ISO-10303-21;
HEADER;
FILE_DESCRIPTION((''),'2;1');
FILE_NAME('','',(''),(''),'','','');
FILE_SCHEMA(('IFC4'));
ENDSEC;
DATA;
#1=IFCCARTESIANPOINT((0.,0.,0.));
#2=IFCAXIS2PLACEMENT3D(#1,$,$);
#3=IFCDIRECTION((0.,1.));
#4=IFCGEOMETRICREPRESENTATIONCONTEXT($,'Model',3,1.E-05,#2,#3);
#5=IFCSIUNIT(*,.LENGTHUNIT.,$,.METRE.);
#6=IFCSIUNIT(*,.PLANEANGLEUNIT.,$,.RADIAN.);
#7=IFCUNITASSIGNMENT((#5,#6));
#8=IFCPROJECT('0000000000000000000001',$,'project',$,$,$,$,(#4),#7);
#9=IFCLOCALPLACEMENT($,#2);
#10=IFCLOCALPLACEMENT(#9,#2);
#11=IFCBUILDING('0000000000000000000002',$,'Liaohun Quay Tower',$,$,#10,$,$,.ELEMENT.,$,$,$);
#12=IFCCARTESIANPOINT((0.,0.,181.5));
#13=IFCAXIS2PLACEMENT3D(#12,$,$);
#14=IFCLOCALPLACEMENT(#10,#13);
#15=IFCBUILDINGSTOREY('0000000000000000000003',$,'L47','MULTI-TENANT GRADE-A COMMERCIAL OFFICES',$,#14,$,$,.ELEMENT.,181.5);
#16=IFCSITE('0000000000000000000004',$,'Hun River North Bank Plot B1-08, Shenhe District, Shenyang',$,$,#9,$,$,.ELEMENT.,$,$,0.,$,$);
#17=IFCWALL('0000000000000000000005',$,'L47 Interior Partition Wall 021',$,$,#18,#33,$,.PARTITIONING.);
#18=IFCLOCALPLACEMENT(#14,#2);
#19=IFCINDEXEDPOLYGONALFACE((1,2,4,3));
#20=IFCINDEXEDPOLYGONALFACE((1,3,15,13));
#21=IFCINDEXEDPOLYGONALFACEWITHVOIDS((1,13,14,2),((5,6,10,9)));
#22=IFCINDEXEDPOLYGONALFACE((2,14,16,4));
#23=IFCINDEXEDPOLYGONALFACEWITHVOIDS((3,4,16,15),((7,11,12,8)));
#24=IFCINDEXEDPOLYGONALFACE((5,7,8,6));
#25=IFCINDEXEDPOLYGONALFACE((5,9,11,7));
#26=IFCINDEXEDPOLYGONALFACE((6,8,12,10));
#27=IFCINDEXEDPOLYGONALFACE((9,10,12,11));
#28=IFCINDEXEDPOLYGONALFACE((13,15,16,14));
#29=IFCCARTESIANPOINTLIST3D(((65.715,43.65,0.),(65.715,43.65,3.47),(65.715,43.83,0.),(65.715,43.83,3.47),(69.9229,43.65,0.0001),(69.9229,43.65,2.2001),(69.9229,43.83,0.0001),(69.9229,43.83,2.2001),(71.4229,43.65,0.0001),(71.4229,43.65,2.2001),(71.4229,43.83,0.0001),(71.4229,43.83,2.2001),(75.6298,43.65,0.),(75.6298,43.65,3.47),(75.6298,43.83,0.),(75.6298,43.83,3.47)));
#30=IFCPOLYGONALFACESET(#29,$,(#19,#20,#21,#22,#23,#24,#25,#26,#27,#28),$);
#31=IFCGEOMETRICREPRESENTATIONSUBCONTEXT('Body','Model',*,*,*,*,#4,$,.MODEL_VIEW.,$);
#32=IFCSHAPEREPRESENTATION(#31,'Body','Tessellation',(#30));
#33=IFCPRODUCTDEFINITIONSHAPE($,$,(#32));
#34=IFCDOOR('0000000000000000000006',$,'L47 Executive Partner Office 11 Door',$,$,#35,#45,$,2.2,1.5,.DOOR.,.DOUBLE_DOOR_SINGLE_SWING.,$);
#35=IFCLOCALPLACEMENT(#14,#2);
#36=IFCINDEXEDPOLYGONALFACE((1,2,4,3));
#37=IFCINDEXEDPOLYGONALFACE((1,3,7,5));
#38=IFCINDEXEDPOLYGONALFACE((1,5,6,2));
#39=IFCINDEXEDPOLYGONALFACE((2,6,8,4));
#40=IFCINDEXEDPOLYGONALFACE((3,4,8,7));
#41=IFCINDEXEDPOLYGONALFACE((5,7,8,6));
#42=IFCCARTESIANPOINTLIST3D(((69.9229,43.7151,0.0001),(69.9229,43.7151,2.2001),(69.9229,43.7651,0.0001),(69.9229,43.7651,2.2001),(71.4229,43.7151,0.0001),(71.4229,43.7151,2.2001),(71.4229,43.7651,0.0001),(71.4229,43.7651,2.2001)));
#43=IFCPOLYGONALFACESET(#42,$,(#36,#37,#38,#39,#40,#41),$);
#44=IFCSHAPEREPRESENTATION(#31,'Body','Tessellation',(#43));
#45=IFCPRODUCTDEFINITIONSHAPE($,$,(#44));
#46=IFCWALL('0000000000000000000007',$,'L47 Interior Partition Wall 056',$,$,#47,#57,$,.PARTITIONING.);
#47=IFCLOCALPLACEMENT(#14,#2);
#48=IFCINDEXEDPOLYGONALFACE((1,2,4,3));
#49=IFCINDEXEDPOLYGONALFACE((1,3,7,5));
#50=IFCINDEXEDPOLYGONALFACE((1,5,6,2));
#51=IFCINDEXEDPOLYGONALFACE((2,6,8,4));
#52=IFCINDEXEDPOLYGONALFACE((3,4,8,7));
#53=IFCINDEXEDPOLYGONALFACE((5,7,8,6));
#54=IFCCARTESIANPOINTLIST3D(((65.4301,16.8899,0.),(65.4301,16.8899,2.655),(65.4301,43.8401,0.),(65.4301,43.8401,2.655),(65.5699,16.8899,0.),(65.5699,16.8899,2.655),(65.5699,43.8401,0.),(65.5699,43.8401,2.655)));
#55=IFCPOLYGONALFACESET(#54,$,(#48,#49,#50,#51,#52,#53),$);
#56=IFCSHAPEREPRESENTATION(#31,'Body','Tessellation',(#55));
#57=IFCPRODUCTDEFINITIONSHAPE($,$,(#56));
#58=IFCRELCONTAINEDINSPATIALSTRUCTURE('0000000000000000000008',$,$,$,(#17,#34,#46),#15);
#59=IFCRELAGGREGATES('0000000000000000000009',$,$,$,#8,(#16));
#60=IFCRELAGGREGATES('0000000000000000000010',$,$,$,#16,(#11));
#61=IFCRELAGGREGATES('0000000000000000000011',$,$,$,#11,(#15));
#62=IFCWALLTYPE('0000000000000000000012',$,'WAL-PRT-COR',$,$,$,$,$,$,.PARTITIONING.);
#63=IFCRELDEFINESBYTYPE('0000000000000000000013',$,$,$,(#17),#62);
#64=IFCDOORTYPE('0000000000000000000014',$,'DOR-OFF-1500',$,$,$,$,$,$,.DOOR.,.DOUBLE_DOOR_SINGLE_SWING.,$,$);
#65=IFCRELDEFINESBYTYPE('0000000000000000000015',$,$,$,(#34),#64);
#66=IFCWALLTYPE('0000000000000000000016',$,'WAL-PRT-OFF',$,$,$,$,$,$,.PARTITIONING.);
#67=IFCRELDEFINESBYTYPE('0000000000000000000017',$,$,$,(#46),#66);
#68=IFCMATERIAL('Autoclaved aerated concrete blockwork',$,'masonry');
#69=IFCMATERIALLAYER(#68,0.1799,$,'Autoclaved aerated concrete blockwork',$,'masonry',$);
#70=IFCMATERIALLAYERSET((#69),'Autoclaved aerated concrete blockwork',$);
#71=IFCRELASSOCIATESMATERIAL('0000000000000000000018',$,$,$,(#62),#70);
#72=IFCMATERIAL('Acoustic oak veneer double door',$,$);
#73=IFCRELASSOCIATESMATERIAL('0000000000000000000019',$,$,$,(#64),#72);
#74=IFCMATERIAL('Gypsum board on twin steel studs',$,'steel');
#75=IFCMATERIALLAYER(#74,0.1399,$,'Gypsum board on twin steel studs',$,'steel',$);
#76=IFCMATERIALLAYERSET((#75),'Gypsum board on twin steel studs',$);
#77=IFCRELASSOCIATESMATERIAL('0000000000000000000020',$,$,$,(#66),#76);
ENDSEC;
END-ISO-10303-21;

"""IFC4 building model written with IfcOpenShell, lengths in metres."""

from ifc_helpers import new_model, si_unit, direction, frame, frame_2d, origin, place, context, subcontext, project, spatial, rectangle, extrude, source, transform, mapped, material, layer, layer_set, type_object, element, fill, save


model = new_model("IFC4")

# Units and contexts
model_context = context("Model", 3, precision=1e-05, world=origin(), true_north=direction((0.0, 1.0)))
body_context = subcontext(model_context, "Body", "Model", "MODEL_VIEW")
ifc_project = project(units=[si_unit("LENGTHUNIT", "METRE"), si_unit("PLANEANGLEUNIT", "RADIAN")], contexts=[model_context])

# Site, building, storey
site_placement = place(None, origin())
site = spatial("IfcSite", under=ifc_project, at=site_placement, Name="Hun River North Bank Plot B1-08, Shenhe District, Shenyang", CompositionType="ELEMENT", RefElevation=0.0)
building_placement = place(site_placement, origin())
building = spatial("IfcBuilding", under=site, at=building_placement, Name="Liaohun Quay Tower", CompositionType="ELEMENT")
storey_placement = place(building_placement, frame((0.0, 0.0, 181.5)))
storey = spatial("IfcBuildingStorey", under=building, at=storey_placement, Name="L47", Description="MULTI-TENANT GRADE-A COMMERCIAL OFFICES", CompositionType="ELEMENT", Elevation=181.5)

# Wall, opening, door
ifc_material_1 = material(Name="Autoclaved aerated concrete blockwork", Category="masonry")
ifc_layer_1 = layer(ifc_material_1, 0.1799, Name="Autoclaved aerated concrete blockwork", Category="masonry")
ifc_layer_set_1 = layer_set([ifc_layer_1], Name="Autoclaved aerated concrete blockwork")
wall_type_1 = type_object("IfcWallType", Name="WAL-PRT-COR", PredefinedType="PARTITIONING", material=ifc_layer_set_1)
wall_1_placement = place(storey_placement, frame((75.6299, 43.74, 0.0), z_axis=(0.0, 0.0, 1.0), x_axis=(-1.0, 0.0, 0.0)))
wall_1 = element("IfcWall", 1, at=wall_1_placement, inside=storey, type_object=wall_type_1, Name="L47 Interior Partition Wall 021", PredefinedType="PARTITIONING", context=body_context, shape_type="SweptSolid", body=[
    extrude(rectangle(XDim=9.9148, YDim=0.1799, at=frame_2d((4.9575, 0.0))), origin(), (0.0, 0.0, 1.0), 3.47),
])
shared_shape_1 = source(origin(), body_context, "Body", "SweptSolid", [
    extrude(rectangle(XDim=1.5, YDim=2.2, at=frame_2d((0.75, 1.1001))), frame((0.0, 0.0999, 0.0), z_axis=(0.0, -1.0, 0.0), x_axis=(1.0, 0.0, 0.0)), (0.0, 0.0, 1.0), 0.2),
])
opening_1_placement = place(wall_1_placement, frame((4.207, 0.0, 0.0)))
opening_1 = element("IfcOpeningElement", 2, at=opening_1_placement, cuts=wall_1, PredefinedType="OPENING", context=body_context, shape_type="MappedRepresentation", body=[
    mapped(shared_shape_1, transform((0.0, 0.0, 0.0), x_axis=(1.0, 0.0, 0.0), y_axis=(0.0, 1.0, 0.0), z_axis=(0.0, 0.0, 1.0), scale=1.0)),
])
ifc_material_2 = material(Name="Acoustic oak veneer double door")
door_type_1 = type_object("IfcDoorType", Name="DOR-OFF-1500", OperationType="DOUBLE_DOOR_SINGLE_SWING", PredefinedType="DOOR", material=ifc_material_2)
shared_shape_2 = source(origin(), body_context, "Body", "SweptSolid", [
    extrude(rectangle(XDim=1.5, YDim=2.2, at=frame_2d((0.75, 1.1001))), frame((0.0, 0.0249, 0.0), z_axis=(0.0, -1.0, 0.0), x_axis=(1.0, 0.0, 0.0)), (0.0, 0.0, 1.0), 0.05),
])
door_1_placement = place(opening_1_placement, origin())
door_1 = element("IfcDoor", 3, at=door_1_placement, inside=storey, type_object=door_type_1, Name="L47 Executive Partner Office 11 Door", OperationType="DOUBLE_DOOR_SINGLE_SWING", OverallHeight=2.2, OverallWidth=1.5, PredefinedType="DOOR", context=body_context, shape_type="MappedRepresentation", body=[
    mapped(shared_shape_2, transform((0.0, 0.0, 0.0), x_axis=(1.0, 0.0, 0.0), y_axis=(0.0, 1.0, 0.0), z_axis=(0.0, 0.0, 1.0), scale=1.0)),
])
fill(opening_1, door_1)

# Wall
ifc_material_3 = material(Name="Gypsum board on twin steel studs", Category="steel")
ifc_layer_2 = layer(ifc_material_3, 0.1399, Name="Gypsum board on twin steel studs", Category="steel")
ifc_layer_set_2 = layer_set([ifc_layer_2], Name="Gypsum board on twin steel studs")
wall_type_2 = type_object("IfcWallType", Name="WAL-PRT-OFF", PredefinedType="PARTITIONING", material=ifc_layer_set_2)
wall_2_placement = place(storey_placement, frame((65.5, 43.8401, 0.0), z_axis=(0.0, 0.0, 1.0), x_axis=(0.0, -1.0, 0.0)))
element("IfcWall", 4, at=wall_2_placement, inside=storey, type_object=wall_type_2, Name="L47 Interior Partition Wall 056", PredefinedType="PARTITIONING", context=body_context, shape_type="SweptSolid", body=[
    extrude(rectangle(XDim=26.9502, YDim=0.1399, at=frame_2d((13.4751, 0.0))), origin(), (0.0, 0.0, 1.0), 2.655),
])

save(model, "model.ifc")
